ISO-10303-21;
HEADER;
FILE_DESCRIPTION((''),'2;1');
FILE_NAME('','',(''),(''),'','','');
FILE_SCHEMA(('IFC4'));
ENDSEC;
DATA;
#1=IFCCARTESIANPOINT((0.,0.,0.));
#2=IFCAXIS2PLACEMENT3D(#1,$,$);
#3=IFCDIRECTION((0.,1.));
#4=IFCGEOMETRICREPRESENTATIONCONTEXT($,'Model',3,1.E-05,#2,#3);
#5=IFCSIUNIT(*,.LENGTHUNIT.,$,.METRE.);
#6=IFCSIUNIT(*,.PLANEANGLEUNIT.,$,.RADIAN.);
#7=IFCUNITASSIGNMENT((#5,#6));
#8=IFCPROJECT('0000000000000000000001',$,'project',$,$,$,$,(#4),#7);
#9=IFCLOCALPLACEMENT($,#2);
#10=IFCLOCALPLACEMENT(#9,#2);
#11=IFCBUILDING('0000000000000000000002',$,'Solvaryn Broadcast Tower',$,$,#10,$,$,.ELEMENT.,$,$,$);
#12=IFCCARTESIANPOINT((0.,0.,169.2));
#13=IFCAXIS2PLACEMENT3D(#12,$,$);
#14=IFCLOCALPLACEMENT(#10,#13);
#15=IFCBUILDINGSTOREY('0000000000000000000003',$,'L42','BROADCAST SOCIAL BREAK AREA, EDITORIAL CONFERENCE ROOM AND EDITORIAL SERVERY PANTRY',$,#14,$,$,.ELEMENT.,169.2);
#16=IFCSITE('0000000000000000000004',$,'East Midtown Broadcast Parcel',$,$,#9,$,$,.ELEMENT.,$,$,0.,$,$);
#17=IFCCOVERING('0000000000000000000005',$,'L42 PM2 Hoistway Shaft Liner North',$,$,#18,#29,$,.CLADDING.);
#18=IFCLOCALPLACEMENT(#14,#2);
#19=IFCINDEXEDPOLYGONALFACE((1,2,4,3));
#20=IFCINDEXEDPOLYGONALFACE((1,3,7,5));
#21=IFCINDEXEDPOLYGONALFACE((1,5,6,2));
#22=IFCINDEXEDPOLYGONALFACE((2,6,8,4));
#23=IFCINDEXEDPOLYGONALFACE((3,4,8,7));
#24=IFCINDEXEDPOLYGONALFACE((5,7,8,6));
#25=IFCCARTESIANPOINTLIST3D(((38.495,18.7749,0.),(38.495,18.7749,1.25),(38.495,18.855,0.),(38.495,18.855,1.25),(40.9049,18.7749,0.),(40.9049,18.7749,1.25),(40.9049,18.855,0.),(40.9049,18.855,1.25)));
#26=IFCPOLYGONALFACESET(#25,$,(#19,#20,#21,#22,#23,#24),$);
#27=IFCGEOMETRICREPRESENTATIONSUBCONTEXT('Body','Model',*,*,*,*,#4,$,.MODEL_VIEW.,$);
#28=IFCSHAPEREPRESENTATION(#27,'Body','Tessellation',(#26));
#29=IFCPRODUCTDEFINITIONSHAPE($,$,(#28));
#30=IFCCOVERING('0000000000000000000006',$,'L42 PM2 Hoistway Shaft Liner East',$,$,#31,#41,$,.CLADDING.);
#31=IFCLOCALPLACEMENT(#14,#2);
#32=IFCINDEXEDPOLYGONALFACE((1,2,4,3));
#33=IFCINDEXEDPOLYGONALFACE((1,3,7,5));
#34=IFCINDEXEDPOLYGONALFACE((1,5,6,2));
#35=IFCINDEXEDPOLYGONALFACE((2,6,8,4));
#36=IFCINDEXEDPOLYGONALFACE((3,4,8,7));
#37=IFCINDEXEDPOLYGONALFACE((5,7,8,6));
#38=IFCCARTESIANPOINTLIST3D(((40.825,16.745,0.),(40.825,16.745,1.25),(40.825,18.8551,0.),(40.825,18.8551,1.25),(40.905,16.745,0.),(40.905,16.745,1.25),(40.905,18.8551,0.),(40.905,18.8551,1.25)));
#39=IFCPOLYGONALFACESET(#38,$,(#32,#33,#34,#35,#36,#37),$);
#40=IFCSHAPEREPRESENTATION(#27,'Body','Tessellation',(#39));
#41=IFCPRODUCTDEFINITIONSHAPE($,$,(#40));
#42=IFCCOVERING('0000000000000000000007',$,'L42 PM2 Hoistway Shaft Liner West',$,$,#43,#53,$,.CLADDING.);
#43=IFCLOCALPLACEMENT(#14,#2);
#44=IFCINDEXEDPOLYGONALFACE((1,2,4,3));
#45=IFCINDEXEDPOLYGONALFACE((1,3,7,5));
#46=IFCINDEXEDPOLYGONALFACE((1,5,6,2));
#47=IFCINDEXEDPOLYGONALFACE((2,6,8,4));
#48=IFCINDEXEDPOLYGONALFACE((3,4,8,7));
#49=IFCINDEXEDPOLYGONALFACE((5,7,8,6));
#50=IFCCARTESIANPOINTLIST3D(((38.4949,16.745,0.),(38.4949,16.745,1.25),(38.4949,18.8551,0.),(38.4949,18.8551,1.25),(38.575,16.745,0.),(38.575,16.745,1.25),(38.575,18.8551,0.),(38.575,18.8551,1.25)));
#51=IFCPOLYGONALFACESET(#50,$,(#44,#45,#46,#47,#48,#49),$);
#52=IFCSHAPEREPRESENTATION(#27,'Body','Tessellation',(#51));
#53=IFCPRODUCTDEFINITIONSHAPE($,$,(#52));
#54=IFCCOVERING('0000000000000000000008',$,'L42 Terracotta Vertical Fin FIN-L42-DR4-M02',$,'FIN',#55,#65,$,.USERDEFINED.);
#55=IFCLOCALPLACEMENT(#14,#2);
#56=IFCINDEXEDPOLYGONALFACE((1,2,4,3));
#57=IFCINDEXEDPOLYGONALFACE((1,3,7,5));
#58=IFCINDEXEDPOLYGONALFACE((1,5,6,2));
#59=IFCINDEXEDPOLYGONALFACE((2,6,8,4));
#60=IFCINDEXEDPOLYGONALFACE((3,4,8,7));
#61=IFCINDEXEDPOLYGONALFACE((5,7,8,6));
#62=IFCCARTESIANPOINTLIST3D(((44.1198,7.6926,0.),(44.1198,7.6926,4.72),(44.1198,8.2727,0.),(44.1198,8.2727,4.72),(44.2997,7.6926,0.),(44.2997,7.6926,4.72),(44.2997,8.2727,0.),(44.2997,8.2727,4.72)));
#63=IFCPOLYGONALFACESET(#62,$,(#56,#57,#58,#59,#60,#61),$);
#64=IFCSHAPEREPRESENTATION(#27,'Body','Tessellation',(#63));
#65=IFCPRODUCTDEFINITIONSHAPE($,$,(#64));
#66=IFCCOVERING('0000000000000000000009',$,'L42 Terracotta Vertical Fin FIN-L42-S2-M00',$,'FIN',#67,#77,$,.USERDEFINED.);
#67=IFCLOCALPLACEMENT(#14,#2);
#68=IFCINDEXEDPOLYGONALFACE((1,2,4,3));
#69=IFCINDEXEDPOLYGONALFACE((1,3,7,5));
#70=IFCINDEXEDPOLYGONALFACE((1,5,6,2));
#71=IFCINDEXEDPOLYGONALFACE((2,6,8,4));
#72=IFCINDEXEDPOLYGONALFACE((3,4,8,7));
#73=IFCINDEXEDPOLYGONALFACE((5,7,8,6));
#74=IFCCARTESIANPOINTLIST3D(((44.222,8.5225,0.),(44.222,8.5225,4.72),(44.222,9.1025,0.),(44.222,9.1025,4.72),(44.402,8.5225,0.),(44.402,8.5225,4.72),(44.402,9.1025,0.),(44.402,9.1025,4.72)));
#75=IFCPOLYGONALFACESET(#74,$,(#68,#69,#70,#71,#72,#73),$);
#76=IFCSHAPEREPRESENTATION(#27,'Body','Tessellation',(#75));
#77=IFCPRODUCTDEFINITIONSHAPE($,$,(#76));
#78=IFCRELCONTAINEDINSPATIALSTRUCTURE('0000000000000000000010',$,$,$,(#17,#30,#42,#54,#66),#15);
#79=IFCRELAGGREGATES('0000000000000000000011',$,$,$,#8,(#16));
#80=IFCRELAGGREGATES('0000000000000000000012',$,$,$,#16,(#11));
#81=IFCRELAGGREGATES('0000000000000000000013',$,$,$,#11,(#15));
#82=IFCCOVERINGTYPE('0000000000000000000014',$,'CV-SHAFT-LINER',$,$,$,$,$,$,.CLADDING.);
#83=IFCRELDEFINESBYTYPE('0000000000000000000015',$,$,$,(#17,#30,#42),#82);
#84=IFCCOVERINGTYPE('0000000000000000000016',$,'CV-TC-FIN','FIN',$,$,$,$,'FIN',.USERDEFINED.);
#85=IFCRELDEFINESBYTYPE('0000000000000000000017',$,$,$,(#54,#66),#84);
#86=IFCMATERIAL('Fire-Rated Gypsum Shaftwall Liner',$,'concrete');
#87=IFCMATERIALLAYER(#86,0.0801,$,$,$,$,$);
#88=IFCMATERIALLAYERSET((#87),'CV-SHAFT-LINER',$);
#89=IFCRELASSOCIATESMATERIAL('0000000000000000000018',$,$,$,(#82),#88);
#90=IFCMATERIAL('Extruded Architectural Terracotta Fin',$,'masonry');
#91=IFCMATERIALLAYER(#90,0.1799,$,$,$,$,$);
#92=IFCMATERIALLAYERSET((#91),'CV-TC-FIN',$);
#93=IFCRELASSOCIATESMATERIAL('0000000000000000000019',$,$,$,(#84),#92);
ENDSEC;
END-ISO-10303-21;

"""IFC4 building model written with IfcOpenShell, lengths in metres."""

from ifc_helpers import new_model, si_unit, direction, frame, origin, origin_2d, place, context, subcontext, project, spatial, rectangle, extrude, material, layer, layer_set, type_object, element, save


model = new_model("IFC4")

# Units and contexts
model_context = context("Model", 3, precision=1e-05, world=origin(), true_north=direction((0.0, 1.0)))
body_context = subcontext(model_context, "Body", "Model", "MODEL_VIEW")
ifc_project = project(units=[si_unit("LENGTHUNIT", "METRE"), si_unit("PLANEANGLEUNIT", "RADIAN")], contexts=[model_context])

# Site, building, storey
site_placement = place(None, origin())
site = spatial("IfcSite", under=ifc_project, at=site_placement, Name="East Midtown Broadcast Parcel", CompositionType="ELEMENT", RefElevation=0.0)
building_placement = place(site_placement, origin())
building = spatial("IfcBuilding", under=site, at=building_placement, Name="Solvaryn Broadcast Tower", CompositionType="ELEMENT")
storey_placement = place(building_placement, frame((0.0, 0.0, 169.2)))
storey = spatial("IfcBuildingStorey", under=building, at=storey_placement, Name="L42", Description="BROADCAST SOCIAL BREAK AREA, EDITORIAL CONFERENCE ROOM AND EDITORIAL SERVERY PANTRY", CompositionType="ELEMENT", Elevation=169.2)

# Coverings
ifc_material_1 = material(Name="Fire-Rated Gypsum Shaftwall Liner", Category="concrete")
ifc_layer_1 = layer(ifc_material_1, 0.0801)
ifc_layer_set_1 = layer_set([ifc_layer_1], Name="CV-SHAFT-LINER")
covering_type_1 = type_object("IfcCoveringType", Name="CV-SHAFT-LINER", PredefinedType="CLADDING", material=ifc_layer_set_1)
covering_1_placement = place(storey_placement, frame((39.7, 18.8149, 0.0), z_axis=(0.0, 0.0, 1.0), x_axis=(1.0, 0.0, 0.0)))
element("IfcCovering", 1, at=covering_1_placement, inside=storey, type_object=covering_type_1, Name="L42 PM2 Hoistway Shaft Liner North", PredefinedType="CLADDING", context=body_context, shape_type="SweptSolid", body=[
    extrude(rectangle(XDim=2.4099, YDim=0.0801, at=origin_2d()), origin(), (0.0, 0.0, 1.0), 1.25),
])
for number, where, z_axis, x_axis, name in (
    (2, (40.865, 17.8, 0.0), (0.0, 0.0, 1.0), (1.0, 0.0, 0.0), "L42 PM2 Hoistway Shaft Liner East"),
    (3, (38.5349, 17.8, 0.0), (0.0, 0.0, 1.0), (1.0, 0.0, 0.0), "L42 PM2 Hoistway Shaft Liner West"),
):
    element("IfcCovering", number, at=place(storey_placement, frame(where, z_axis=z_axis, x_axis=x_axis)), inside=storey, type_object=covering_type_1, Name=name, PredefinedType="CLADDING", context=body_context, shape_type="SweptSolid", body=[
        extrude(rectangle(XDim=0.0801, YDim=2.1101, at=origin_2d()), origin(), (0.0, 0.0, 1.0), 1.25),
    ])
ifc_material_2 = material(Name="Extruded Architectural Terracotta Fin", Category="masonry")
ifc_layer_2 = layer(ifc_material_2, 0.1799)
ifc_layer_set_2 = layer_set([ifc_layer_2], Name="CV-TC-FIN")
covering_type_2 = type_object("IfcCoveringType", Name="CV-TC-FIN", Description="FIN", ElementType="FIN", PredefinedType="USERDEFINED", material=ifc_layer_set_2)
for number, where, z_axis, x_axis, name in (
    (4, (44.2097, 7.9827, 0.0), (0.0, 0.0, 1.0), (1.0, 0.0, 0.0), "L42 Terracotta Vertical Fin FIN-L42-DR4-M02"),
    (5, (44.312, 8.8125, 0.0), (0.0, 0.0, 1.0), (1.0, 0.0, 0.0), "L42 Terracotta Vertical Fin FIN-L42-S2-M00"),
):
    element("IfcCovering", number, at=place(storey_placement, frame(where, z_axis=z_axis, x_axis=x_axis)), inside=storey, type_object=covering_type_2, Name=name, ObjectType="FIN", PredefinedType="USERDEFINED", context=body_context, shape_type="SweptSolid", body=[
        extrude(rectangle(XDim=0.1799, YDim=0.5801, at=origin_2d()), origin(), (0.0, 0.0, 1.0), 4.72),
    ])

save(model, "model.ifc")
